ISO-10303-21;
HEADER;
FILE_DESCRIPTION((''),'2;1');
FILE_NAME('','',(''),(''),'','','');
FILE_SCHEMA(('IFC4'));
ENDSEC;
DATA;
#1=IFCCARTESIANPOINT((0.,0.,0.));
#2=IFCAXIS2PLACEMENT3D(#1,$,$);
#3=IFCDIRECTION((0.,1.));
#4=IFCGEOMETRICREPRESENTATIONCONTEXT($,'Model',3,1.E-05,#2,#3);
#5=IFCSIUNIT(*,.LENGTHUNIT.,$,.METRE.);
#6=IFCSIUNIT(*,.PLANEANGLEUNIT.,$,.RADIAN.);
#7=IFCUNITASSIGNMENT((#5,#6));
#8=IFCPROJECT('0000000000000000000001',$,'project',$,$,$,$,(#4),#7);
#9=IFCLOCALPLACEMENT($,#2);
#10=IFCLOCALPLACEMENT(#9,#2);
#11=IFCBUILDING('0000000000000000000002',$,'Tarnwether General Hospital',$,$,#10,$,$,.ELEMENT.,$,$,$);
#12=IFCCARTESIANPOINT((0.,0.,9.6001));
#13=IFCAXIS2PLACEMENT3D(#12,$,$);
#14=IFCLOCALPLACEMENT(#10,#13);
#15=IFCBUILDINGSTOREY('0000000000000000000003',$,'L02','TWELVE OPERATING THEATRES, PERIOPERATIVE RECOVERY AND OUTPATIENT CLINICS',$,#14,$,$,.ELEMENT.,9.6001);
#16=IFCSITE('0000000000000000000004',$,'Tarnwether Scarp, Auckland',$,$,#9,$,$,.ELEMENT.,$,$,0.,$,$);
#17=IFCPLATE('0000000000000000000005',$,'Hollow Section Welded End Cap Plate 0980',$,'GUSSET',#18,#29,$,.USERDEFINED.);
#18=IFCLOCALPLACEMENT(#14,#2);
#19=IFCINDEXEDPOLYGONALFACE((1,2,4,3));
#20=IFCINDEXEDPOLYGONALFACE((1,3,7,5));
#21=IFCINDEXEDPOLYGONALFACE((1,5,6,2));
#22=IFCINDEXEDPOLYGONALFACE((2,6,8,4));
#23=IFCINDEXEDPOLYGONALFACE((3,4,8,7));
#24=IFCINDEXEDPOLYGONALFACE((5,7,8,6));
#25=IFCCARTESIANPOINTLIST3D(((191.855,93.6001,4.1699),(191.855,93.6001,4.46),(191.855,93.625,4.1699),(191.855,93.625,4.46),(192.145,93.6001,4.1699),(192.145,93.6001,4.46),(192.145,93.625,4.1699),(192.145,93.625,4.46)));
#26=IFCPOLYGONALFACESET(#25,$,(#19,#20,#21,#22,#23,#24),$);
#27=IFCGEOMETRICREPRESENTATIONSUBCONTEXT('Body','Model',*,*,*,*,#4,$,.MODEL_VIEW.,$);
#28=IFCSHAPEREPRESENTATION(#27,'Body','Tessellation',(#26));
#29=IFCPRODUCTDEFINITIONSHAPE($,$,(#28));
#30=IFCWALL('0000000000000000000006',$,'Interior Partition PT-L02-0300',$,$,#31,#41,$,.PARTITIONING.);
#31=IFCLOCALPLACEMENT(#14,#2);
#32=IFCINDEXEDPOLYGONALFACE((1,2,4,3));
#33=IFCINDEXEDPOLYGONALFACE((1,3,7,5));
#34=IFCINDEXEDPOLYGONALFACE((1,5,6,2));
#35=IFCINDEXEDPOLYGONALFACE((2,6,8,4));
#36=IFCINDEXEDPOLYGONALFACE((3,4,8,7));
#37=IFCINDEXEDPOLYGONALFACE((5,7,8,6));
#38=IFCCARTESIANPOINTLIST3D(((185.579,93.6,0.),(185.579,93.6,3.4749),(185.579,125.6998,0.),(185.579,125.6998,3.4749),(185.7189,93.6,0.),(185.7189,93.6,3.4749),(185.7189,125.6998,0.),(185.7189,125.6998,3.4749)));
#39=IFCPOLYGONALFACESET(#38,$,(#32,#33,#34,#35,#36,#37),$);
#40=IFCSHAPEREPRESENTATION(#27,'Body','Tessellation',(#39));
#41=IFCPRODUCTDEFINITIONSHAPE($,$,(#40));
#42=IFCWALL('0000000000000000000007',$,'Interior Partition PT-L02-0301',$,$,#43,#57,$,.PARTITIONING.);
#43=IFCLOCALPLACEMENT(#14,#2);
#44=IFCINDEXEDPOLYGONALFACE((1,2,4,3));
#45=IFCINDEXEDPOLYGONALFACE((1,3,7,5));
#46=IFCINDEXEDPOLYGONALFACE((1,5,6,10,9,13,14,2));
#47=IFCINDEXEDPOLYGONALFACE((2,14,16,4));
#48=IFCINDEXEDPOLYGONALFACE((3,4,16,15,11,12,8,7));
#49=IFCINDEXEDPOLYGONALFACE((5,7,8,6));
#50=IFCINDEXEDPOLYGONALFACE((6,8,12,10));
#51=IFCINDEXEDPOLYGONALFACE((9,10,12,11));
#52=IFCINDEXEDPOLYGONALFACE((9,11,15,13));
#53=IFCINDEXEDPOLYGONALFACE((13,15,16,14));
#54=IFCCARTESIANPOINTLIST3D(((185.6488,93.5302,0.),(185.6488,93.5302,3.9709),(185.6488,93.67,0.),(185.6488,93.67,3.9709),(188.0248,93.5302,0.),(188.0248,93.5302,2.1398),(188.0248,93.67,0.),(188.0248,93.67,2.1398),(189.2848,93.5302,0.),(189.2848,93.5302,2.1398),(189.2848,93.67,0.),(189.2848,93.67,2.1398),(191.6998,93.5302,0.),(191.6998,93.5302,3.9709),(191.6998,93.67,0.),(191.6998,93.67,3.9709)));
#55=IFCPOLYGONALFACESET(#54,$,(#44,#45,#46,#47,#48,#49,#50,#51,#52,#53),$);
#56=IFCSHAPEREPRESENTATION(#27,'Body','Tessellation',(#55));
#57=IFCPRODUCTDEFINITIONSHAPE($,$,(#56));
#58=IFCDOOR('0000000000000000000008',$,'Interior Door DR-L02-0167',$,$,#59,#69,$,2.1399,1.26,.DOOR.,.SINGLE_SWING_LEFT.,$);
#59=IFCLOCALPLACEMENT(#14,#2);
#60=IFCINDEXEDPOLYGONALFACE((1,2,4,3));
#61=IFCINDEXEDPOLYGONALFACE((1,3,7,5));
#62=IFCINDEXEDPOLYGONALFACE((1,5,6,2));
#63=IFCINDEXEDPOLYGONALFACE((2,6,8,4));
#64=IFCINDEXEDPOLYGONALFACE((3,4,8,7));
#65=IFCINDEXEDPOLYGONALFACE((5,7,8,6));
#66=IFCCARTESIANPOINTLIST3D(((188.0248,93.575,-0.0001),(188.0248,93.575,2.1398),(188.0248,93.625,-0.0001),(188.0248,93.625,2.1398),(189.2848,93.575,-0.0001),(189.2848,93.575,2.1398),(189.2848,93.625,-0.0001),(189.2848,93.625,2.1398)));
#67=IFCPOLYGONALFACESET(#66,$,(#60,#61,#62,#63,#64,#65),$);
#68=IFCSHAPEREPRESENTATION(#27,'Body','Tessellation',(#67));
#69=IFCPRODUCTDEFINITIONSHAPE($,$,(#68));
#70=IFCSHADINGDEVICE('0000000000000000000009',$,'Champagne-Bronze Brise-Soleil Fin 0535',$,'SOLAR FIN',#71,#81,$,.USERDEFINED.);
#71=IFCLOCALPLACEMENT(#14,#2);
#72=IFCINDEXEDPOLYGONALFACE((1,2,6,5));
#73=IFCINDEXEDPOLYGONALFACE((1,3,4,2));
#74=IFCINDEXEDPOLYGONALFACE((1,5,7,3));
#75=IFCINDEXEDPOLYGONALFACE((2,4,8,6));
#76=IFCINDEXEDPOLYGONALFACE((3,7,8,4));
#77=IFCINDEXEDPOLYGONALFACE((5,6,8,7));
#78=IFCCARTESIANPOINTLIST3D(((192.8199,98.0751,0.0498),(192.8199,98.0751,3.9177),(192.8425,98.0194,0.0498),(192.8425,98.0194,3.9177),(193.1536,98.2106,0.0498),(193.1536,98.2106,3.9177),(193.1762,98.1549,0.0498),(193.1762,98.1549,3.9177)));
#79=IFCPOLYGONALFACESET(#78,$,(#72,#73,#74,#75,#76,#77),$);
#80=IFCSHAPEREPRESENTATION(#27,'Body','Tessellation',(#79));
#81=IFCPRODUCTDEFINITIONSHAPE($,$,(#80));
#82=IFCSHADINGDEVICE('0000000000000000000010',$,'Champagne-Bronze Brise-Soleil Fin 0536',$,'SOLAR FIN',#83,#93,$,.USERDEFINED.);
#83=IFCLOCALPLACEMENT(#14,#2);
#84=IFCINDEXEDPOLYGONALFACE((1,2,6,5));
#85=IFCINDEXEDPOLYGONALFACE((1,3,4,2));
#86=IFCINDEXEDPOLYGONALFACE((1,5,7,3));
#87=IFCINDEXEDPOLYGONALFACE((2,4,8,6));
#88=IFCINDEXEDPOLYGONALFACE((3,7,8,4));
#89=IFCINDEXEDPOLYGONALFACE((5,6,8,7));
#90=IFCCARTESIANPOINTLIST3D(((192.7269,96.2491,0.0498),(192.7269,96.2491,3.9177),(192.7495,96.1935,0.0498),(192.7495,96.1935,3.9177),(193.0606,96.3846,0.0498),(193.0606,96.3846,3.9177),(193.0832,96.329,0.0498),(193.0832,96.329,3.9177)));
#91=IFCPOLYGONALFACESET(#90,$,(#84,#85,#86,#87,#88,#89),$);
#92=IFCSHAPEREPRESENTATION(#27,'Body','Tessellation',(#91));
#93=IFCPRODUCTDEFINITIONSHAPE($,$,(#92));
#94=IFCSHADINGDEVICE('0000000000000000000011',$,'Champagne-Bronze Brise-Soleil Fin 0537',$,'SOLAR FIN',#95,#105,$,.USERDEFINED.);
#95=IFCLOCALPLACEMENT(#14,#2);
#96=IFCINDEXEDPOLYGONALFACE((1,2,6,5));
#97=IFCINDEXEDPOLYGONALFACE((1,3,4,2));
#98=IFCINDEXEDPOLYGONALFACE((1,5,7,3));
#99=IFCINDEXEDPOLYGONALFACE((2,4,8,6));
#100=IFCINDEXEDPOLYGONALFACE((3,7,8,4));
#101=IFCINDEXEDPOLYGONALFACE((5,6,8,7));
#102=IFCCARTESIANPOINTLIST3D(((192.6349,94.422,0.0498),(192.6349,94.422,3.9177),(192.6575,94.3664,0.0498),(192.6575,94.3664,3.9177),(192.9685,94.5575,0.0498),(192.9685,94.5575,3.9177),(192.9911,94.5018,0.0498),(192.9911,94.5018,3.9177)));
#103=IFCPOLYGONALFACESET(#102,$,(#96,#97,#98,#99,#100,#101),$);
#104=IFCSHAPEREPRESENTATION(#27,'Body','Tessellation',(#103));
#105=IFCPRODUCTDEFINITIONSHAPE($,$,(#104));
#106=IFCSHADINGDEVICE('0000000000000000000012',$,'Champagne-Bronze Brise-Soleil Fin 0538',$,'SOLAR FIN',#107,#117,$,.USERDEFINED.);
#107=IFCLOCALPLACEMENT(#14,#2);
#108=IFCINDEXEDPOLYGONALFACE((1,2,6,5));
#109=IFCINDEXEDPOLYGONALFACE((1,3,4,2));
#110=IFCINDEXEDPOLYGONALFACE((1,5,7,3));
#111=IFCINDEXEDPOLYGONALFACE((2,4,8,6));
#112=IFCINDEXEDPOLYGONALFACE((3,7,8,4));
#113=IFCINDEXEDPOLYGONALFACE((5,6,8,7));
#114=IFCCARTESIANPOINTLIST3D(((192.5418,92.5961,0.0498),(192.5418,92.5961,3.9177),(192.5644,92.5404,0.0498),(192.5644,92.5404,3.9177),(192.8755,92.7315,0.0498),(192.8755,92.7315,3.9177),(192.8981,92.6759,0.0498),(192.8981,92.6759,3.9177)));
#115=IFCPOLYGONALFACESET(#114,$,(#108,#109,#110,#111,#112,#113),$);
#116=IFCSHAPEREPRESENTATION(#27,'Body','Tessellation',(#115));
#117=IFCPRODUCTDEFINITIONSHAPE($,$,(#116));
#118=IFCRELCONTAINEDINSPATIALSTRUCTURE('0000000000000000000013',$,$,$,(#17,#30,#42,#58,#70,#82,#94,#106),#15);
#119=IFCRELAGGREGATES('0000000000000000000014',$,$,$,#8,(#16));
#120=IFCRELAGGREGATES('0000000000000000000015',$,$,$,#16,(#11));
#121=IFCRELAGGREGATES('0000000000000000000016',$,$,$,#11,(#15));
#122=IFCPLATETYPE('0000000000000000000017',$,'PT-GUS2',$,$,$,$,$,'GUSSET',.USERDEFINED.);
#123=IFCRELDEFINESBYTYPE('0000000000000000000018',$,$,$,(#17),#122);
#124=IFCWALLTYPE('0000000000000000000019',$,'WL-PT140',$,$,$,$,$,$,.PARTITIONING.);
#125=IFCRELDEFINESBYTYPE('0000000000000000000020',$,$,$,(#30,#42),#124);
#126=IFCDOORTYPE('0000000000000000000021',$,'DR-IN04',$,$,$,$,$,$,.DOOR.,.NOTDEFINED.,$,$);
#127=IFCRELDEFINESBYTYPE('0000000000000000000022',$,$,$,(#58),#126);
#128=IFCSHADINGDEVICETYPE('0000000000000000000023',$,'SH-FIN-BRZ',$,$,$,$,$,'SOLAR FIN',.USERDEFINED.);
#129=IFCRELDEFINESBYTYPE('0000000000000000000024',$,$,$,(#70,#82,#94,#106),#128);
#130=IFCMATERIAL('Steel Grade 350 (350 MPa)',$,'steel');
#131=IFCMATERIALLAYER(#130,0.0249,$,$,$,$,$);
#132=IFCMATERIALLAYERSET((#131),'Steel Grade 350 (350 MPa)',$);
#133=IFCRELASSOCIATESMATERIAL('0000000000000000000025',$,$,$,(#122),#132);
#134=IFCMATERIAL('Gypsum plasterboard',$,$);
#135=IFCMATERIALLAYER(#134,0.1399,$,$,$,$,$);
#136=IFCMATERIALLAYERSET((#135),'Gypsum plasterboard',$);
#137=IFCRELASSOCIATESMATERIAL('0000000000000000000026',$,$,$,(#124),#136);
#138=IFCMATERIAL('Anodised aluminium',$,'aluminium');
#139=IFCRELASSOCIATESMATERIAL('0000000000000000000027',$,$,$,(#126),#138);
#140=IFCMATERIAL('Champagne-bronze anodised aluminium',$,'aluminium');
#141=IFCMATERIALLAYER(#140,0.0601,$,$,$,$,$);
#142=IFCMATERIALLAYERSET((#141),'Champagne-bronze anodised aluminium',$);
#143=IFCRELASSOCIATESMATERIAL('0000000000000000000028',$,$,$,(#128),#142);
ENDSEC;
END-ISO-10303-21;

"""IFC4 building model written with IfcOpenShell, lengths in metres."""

from ifc_helpers import new_model, si_unit, direction, frame, frame_2d, origin, origin_2d, place, context, subcontext, project, spatial, rectangle, extrude, material, layer, layer_set, type_object, element, fill, save


model = new_model("IFC4")

# Units and contexts
model_context = context("Model", 3, precision=1e-05, world=origin(), true_north=direction((0.0, 1.0)))
body_context = subcontext(model_context, "Body", "Model", "MODEL_VIEW")
ifc_project = project(units=[si_unit("LENGTHUNIT", "METRE"), si_unit("PLANEANGLEUNIT", "RADIAN")], contexts=[model_context])

# Site, building, storey
site_placement = place(None, origin())
site = spatial("IfcSite", under=ifc_project, at=site_placement, Name="Tarnwether Scarp, Auckland", CompositionType="ELEMENT", RefElevation=0.0)
building_placement = place(site_placement, origin())
building = spatial("IfcBuilding", under=site, at=building_placement, Name="Tarnwether General Hospital", CompositionType="ELEMENT")
storey_placement = place(building_placement, frame((0.0, 0.0, 9.6001)))
storey = spatial("IfcBuildingStorey", under=building, at=storey_placement, Name="L02", Description="TWELVE OPERATING THEATRES, PERIOPERATIVE RECOVERY AND OUTPATIENT CLINICS", CompositionType="ELEMENT", Elevation=9.6001)

# Plate
ifc_material_1 = material(Name="Steel Grade 350 (350 MPa)", Category="steel")
ifc_layer_1 = layer(ifc_material_1, 0.0249)
ifc_layer_set_1 = layer_set([ifc_layer_1], Name="Steel Grade 350 (350 MPa)")
plate_type_1 = type_object("IfcPlateType", Name="PT-GUS2", ElementType="GUSSET", PredefinedType="USERDEFINED", material=ifc_layer_set_1)
plate_1_placement = place(storey_placement, frame((192.0, 93.6125, 4.1699), z_axis=(0.0, 0.0, 1.0), x_axis=(0.0, 1.0, 0.0)))
element("IfcPlate", 1, at=plate_1_placement, inside=storey, type_object=plate_type_1, Name="Hollow Section Welded End Cap Plate 0980", ObjectType="GUSSET", PredefinedType="USERDEFINED", context=body_context, shape_type="SweptSolid", body=[
    extrude(rectangle(XDim=0.0249, YDim=0.29, at=origin_2d()), origin(), (0.0, 0.0, 1.0), 0.29),
])

# Wall
ifc_material_2 = material(Name="Gypsum plasterboard")
ifc_layer_2 = layer(ifc_material_2, 0.1399)
ifc_layer_set_2 = layer_set([ifc_layer_2], Name="Gypsum plasterboard")
wall_type = type_object("IfcWallType", Name="WL-PT140", PredefinedType="PARTITIONING", material=ifc_layer_set_2)
wall_1_placement = place(storey_placement, frame((185.6489, 93.6001, 0.0), z_axis=(0.0, 0.0, 1.0), x_axis=(0.0, 1.0, 0.0)))
element("IfcWall", 2, at=wall_1_placement, inside=storey, type_object=wall_type, Name="Interior Partition PT-L02-0300", PredefinedType="PARTITIONING", context=body_context, shape_type="SweptSolid", body=[
    extrude(rectangle(XDim=32.0999, YDim=0.1399, at=frame_2d((16.0498, 0.0))), origin(), (0.0, 0.0, 1.0), 3.4749),
])

# Wall, opening, door
wall_2_placement = place(storey_placement, frame((185.6489, 93.6001, 0.0), z_axis=(0.0, 0.0, 1.0), x_axis=(1.0, 0.0, 0.0)))
wall_2 = element("IfcWall", 3, at=wall_2_placement, inside=storey, type_object=wall_type, Name="Interior Partition PT-L02-0301", PredefinedType="PARTITIONING", context=body_context, shape_type="SweptSolid", body=[
    extrude(rectangle(XDim=6.051, YDim=0.1399, at=frame_2d((3.0254, 0.0))), origin(), (0.0, 0.0, 1.0), 3.9709),
])
opening_placement = place(wall_2_placement, frame((2.376, 0.0, 0.0)))
opening = element("IfcOpeningElement", 4, at=opening_placement, cuts=wall_2, PredefinedType="OPENING", context=body_context, shape_type="SweptSolid", body=[
    extrude(rectangle(XDim=1.26, YDim=2.1399, at=frame_2d((0.6299, 1.0698))), frame((0.0, 0.0801, 0.0), z_axis=(0.0, -1.0, 0.0), x_axis=(1.0, 0.0, 0.0)), (0.0, 0.0, 1.0), 0.1599),
])
ifc_material_3 = material(Name="Anodised aluminium", Category="aluminium")
door_type = type_object("IfcDoorType", Name="DR-IN04", OperationType="NOTDEFINED", PredefinedType="DOOR", material=ifc_material_3)
door_placement = place(opening_placement, origin())
door = element("IfcDoor", 5, at=door_placement, inside=storey, type_object=door_type, Name="Interior Door DR-L02-0167", OperationType="SINGLE_SWING_LEFT", OverallHeight=2.1399, OverallWidth=1.26, PredefinedType="DOOR", context=body_context, shape_type="SweptSolid", body=[
    extrude(rectangle(XDim=1.26, YDim=2.1399, at=frame_2d((0.6299, 1.0698))), frame((0.0, 0.0249, 0.0), z_axis=(0.0, -1.0, 0.0), x_axis=(1.0, 0.0, 0.0)), (0.0, 0.0, 1.0), 0.05),
])
fill(opening, door)

# Shading devices
ifc_material_4 = material(Name="Champagne-bronze anodised aluminium", Category="aluminium")
ifc_layer_3 = layer(ifc_material_4, 0.0601)
ifc_layer_set_3 = layer_set([ifc_layer_3], Name="Champagne-bronze anodised aluminium")
shading_device_type = type_object("IfcShadingDeviceType", Name="SH-FIN-BRZ", ElementType="SOLAR FIN", PredefinedType="USERDEFINED", material=ifc_layer_set_3)
for number, where, z_axis, x_axis, name in (
    (6, (192.998, 98.115, 0.0498), (0.0, 0.0, 1.0), (0.376224, -0.926529, 0.0), "Champagne-Bronze Brise-Soleil Fin 0535"),
    (7, (192.905, 96.2891, 0.0498), (0.0, 0.0, 1.0), (0.376224, -0.926529, 0.0), "Champagne-Bronze Brise-Soleil Fin 0536"),
    (8, (192.813, 94.4619, 0.0498), (0.0, 0.0, 1.0), (0.376224, -0.926529, 0.0), "Champagne-Bronze Brise-Soleil Fin 0537"),
    (9, (192.72, 92.636, 0.0498), (0.0, 0.0, 1.0), (0.376224, -0.926529, 0.0), "Champagne-Bronze Brise-Soleil Fin 0538"),
):
    element("IfcShadingDevice", number, at=place(storey_placement, frame(where, z_axis=z_axis, x_axis=x_axis)), inside=storey, type_object=shading_device_type, Name=name, ObjectType="SOLAR FIN", PredefinedType="USERDEFINED", context=body_context, shape_type="SweptSolid", body=[
        extrude(rectangle(XDim=0.0601, YDim=0.3601, at=origin_2d()), origin(), (0.0, 0.0, 1.0), 3.8679),
    ])

save(model, "model.ifc")
